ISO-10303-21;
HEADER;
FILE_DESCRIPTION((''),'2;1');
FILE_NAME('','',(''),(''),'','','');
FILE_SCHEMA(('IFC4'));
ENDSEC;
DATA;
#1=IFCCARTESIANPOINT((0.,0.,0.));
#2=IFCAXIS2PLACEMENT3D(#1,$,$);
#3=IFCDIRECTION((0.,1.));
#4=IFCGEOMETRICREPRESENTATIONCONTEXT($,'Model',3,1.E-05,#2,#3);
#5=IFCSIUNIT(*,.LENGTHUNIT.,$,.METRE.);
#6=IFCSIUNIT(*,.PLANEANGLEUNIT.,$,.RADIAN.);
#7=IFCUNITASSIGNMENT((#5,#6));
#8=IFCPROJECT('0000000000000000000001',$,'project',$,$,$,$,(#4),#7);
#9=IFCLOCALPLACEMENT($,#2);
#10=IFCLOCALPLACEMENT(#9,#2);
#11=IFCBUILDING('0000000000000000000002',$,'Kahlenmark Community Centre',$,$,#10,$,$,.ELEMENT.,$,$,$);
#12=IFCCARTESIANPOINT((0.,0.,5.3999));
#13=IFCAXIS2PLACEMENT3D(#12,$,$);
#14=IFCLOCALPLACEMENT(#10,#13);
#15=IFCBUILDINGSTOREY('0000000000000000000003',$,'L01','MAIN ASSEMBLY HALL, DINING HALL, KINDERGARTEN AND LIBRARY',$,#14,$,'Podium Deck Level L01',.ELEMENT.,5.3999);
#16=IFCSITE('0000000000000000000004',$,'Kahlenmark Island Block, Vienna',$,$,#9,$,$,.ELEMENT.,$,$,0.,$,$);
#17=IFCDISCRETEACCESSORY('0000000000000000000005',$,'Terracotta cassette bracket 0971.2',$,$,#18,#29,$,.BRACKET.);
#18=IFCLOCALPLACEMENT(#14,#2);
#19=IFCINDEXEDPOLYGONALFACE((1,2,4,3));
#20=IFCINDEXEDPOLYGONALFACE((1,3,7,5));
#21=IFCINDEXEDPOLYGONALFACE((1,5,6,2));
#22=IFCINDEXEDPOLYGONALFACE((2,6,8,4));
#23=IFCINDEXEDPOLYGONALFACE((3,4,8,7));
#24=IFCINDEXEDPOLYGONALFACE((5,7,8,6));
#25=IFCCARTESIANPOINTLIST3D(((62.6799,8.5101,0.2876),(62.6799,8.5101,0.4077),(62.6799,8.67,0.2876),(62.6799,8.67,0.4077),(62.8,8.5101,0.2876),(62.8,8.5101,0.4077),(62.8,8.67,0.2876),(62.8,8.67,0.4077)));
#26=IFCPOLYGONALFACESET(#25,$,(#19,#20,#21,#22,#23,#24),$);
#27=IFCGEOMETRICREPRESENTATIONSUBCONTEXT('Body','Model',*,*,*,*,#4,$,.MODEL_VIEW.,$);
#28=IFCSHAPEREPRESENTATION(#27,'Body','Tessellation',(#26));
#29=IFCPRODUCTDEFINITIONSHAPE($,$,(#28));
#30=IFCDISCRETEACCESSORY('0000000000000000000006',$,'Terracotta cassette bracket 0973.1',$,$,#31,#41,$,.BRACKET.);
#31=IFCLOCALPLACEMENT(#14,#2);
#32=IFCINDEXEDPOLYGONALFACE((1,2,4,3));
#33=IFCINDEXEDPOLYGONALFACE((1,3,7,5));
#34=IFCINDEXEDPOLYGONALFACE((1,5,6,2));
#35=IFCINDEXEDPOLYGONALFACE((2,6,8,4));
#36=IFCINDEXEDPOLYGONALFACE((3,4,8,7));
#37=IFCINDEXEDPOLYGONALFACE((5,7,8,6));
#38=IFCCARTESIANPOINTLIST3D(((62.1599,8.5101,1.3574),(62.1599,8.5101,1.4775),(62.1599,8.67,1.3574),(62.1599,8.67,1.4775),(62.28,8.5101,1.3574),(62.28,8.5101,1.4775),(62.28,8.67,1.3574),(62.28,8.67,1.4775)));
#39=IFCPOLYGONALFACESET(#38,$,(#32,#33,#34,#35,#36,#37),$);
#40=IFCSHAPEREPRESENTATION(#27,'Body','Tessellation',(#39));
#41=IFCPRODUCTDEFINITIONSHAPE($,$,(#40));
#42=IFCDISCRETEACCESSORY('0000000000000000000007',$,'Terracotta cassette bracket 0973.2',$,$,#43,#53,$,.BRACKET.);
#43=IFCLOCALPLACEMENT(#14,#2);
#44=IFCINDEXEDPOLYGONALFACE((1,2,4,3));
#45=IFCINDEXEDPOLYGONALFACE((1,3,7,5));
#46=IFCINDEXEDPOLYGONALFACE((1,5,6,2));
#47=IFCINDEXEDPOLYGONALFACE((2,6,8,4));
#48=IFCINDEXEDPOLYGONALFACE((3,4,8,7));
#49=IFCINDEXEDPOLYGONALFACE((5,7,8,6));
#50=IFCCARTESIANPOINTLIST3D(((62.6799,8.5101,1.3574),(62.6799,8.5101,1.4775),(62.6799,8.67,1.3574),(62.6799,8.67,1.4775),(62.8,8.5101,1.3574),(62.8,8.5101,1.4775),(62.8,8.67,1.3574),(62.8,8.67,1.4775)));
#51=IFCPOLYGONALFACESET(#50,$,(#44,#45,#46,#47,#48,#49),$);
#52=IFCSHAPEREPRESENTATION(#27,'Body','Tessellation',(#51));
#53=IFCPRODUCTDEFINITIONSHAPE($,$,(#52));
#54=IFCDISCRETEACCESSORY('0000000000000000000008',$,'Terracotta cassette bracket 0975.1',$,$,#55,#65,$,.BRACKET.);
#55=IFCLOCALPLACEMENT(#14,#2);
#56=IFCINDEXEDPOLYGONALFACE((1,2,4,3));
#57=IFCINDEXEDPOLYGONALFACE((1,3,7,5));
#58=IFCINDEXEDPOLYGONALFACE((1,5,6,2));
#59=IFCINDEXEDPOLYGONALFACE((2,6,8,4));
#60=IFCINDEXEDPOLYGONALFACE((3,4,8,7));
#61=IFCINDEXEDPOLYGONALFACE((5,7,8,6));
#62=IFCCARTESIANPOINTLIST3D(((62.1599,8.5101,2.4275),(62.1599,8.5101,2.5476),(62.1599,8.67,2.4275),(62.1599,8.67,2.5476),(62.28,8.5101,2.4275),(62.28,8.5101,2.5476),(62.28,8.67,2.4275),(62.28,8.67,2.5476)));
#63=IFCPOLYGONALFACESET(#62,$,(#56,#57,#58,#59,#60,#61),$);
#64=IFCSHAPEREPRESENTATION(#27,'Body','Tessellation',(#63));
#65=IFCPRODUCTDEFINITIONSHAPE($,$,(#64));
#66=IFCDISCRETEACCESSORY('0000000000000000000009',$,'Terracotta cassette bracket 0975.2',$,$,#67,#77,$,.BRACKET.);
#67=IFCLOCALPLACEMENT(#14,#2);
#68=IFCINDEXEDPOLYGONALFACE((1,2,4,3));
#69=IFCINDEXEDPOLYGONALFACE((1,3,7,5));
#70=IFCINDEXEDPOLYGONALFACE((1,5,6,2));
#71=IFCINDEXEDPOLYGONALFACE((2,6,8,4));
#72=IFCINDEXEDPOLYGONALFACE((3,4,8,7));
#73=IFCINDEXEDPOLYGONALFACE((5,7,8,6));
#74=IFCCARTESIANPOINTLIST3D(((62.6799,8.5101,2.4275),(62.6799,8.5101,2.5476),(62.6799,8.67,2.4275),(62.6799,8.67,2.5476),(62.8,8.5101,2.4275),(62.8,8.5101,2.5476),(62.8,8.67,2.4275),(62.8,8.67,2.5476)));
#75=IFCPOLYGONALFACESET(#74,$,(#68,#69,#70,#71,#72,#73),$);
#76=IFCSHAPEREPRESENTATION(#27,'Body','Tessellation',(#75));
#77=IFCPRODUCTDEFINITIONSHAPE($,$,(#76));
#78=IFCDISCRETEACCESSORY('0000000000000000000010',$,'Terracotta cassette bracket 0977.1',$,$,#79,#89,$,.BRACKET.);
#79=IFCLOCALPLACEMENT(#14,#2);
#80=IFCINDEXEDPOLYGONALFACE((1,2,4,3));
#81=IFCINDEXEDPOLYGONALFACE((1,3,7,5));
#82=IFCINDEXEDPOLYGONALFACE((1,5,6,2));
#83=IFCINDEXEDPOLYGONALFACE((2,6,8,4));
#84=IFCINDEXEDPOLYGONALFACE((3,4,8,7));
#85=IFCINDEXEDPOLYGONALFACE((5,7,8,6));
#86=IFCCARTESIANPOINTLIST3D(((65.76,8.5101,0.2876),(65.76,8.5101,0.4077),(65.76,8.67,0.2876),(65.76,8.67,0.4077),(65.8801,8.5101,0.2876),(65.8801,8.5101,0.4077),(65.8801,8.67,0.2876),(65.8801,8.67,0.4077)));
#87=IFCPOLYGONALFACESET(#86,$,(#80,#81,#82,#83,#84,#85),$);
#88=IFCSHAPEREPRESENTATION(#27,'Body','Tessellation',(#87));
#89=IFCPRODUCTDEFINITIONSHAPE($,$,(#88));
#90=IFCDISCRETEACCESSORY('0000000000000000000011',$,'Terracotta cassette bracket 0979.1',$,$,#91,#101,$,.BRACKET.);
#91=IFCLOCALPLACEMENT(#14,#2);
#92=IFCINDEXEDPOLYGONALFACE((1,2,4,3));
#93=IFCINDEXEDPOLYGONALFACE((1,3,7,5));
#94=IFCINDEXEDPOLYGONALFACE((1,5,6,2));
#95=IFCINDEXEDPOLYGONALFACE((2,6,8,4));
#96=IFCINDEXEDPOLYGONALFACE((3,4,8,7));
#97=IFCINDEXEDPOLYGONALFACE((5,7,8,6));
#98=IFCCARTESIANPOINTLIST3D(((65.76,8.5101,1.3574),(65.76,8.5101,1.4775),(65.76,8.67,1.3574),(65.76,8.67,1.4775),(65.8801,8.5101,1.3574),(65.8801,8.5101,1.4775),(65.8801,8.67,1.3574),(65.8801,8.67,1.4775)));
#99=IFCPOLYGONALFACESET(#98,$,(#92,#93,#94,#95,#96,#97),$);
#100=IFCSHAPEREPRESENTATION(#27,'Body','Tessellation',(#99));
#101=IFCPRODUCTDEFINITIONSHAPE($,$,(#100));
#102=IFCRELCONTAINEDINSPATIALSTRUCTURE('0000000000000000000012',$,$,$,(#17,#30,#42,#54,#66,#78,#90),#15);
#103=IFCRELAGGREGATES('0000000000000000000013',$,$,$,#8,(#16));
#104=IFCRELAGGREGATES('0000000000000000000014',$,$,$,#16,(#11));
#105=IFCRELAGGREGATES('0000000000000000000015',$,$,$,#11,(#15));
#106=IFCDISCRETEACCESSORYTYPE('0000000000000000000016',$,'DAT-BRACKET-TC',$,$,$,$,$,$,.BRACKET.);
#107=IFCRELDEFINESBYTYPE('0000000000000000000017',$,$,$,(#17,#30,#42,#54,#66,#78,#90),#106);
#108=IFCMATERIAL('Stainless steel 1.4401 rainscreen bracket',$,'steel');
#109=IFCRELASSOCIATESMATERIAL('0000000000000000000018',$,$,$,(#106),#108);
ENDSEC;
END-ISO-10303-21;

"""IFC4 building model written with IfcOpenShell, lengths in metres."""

from ifc_helpers import new_model, si_unit, direction, frame, origin, origin_2d, place, context, subcontext, project, spatial, rectangle, extrude, material, type_object, element, save


model = new_model("IFC4")

# Units and contexts
model_context = context("Model", 3, precision=1e-05, world=origin(), true_north=direction((0.0, 1.0)))
body_context = subcontext(model_context, "Body", "Model", "MODEL_VIEW")
ifc_project = project(units=[si_unit("LENGTHUNIT", "METRE"), si_unit("PLANEANGLEUNIT", "RADIAN")], contexts=[model_context])

# Site, building, storey
site_placement = place(None, origin())
site = spatial("IfcSite", under=ifc_project, at=site_placement, Name="Kahlenmark Island Block, Vienna", CompositionType="ELEMENT", RefElevation=0.0)
building_placement = place(site_placement, origin())
building = spatial("IfcBuilding", under=site, at=building_placement, Name="Kahlenmark Community Centre", CompositionType="ELEMENT")
storey_placement = place(building_placement, frame((0.0, 0.0, 5.3999)))
storey = spatial("IfcBuildingStorey", under=building, at=storey_placement, Name="L01", Description="MAIN ASSEMBLY HALL, DINING HALL, KINDERGARTEN AND LIBRARY", LongName="Podium Deck Level L01", CompositionType="ELEMENT", Elevation=5.3999)

# Discrete accessories
ifc_material_1 = material(Name="Stainless steel 1.4401 rainscreen bracket", Category="steel")
discrete_accessory_type = type_object("IfcDiscreteAccessoryType", Name="DAT-BRACKET-TC", PredefinedType="BRACKET", material=ifc_material_1)
for number, where, z_axis, x_axis, name in (
    (1, (62.74, 8.5901, 0.2876), (0.0, 0.0, 1.0), (1.0, 0.0, 0.0), "Terracotta cassette bracket 0971.2"),
    (2, (62.22, 8.5901, 1.3574), (0.0, 0.0, 1.0), (1.0, 0.0, 0.0), "Terracotta cassette bracket 0973.1"),
    (3, (62.74, 8.5901, 1.3574), (0.0, 0.0, 1.0), (1.0, 0.0, 0.0), "Terracotta cassette bracket 0973.2"),
    (4, (62.22, 8.5901, 2.4275), (0.0, 0.0, 1.0), (1.0, 0.0, 0.0), "Terracotta cassette bracket 0975.1"),
    (5, (62.74, 8.5901, 2.4275), (0.0, 0.0, 1.0), (1.0, 0.0, 0.0), "Terracotta cassette bracket 0975.2"),
    (6, (65.8201, 8.5901, 0.2876), (0.0, 0.0, 1.0), (1.0, 0.0, 0.0), "Terracotta cassette bracket 0977.1"),
    (7, (65.8201, 8.5901, 1.3574), (0.0, 0.0, 1.0), (1.0, 0.0, 0.0), "Terracotta cassette bracket 0979.1"),
):
    element("IfcDiscreteAccessory", number, at=place(storey_placement, frame(where, z_axis=z_axis, x_axis=x_axis)), inside=storey, type_object=discrete_accessory_type, Name=name, PredefinedType="BRACKET", context=body_context, shape_type="SweptSolid", body=[
        extrude(rectangle(XDim=0.1201, YDim=0.1599, at=origin_2d()), origin(), (0.0, 0.0, 1.0), 0.1201),
    ])

save(model, "model.ifc")
